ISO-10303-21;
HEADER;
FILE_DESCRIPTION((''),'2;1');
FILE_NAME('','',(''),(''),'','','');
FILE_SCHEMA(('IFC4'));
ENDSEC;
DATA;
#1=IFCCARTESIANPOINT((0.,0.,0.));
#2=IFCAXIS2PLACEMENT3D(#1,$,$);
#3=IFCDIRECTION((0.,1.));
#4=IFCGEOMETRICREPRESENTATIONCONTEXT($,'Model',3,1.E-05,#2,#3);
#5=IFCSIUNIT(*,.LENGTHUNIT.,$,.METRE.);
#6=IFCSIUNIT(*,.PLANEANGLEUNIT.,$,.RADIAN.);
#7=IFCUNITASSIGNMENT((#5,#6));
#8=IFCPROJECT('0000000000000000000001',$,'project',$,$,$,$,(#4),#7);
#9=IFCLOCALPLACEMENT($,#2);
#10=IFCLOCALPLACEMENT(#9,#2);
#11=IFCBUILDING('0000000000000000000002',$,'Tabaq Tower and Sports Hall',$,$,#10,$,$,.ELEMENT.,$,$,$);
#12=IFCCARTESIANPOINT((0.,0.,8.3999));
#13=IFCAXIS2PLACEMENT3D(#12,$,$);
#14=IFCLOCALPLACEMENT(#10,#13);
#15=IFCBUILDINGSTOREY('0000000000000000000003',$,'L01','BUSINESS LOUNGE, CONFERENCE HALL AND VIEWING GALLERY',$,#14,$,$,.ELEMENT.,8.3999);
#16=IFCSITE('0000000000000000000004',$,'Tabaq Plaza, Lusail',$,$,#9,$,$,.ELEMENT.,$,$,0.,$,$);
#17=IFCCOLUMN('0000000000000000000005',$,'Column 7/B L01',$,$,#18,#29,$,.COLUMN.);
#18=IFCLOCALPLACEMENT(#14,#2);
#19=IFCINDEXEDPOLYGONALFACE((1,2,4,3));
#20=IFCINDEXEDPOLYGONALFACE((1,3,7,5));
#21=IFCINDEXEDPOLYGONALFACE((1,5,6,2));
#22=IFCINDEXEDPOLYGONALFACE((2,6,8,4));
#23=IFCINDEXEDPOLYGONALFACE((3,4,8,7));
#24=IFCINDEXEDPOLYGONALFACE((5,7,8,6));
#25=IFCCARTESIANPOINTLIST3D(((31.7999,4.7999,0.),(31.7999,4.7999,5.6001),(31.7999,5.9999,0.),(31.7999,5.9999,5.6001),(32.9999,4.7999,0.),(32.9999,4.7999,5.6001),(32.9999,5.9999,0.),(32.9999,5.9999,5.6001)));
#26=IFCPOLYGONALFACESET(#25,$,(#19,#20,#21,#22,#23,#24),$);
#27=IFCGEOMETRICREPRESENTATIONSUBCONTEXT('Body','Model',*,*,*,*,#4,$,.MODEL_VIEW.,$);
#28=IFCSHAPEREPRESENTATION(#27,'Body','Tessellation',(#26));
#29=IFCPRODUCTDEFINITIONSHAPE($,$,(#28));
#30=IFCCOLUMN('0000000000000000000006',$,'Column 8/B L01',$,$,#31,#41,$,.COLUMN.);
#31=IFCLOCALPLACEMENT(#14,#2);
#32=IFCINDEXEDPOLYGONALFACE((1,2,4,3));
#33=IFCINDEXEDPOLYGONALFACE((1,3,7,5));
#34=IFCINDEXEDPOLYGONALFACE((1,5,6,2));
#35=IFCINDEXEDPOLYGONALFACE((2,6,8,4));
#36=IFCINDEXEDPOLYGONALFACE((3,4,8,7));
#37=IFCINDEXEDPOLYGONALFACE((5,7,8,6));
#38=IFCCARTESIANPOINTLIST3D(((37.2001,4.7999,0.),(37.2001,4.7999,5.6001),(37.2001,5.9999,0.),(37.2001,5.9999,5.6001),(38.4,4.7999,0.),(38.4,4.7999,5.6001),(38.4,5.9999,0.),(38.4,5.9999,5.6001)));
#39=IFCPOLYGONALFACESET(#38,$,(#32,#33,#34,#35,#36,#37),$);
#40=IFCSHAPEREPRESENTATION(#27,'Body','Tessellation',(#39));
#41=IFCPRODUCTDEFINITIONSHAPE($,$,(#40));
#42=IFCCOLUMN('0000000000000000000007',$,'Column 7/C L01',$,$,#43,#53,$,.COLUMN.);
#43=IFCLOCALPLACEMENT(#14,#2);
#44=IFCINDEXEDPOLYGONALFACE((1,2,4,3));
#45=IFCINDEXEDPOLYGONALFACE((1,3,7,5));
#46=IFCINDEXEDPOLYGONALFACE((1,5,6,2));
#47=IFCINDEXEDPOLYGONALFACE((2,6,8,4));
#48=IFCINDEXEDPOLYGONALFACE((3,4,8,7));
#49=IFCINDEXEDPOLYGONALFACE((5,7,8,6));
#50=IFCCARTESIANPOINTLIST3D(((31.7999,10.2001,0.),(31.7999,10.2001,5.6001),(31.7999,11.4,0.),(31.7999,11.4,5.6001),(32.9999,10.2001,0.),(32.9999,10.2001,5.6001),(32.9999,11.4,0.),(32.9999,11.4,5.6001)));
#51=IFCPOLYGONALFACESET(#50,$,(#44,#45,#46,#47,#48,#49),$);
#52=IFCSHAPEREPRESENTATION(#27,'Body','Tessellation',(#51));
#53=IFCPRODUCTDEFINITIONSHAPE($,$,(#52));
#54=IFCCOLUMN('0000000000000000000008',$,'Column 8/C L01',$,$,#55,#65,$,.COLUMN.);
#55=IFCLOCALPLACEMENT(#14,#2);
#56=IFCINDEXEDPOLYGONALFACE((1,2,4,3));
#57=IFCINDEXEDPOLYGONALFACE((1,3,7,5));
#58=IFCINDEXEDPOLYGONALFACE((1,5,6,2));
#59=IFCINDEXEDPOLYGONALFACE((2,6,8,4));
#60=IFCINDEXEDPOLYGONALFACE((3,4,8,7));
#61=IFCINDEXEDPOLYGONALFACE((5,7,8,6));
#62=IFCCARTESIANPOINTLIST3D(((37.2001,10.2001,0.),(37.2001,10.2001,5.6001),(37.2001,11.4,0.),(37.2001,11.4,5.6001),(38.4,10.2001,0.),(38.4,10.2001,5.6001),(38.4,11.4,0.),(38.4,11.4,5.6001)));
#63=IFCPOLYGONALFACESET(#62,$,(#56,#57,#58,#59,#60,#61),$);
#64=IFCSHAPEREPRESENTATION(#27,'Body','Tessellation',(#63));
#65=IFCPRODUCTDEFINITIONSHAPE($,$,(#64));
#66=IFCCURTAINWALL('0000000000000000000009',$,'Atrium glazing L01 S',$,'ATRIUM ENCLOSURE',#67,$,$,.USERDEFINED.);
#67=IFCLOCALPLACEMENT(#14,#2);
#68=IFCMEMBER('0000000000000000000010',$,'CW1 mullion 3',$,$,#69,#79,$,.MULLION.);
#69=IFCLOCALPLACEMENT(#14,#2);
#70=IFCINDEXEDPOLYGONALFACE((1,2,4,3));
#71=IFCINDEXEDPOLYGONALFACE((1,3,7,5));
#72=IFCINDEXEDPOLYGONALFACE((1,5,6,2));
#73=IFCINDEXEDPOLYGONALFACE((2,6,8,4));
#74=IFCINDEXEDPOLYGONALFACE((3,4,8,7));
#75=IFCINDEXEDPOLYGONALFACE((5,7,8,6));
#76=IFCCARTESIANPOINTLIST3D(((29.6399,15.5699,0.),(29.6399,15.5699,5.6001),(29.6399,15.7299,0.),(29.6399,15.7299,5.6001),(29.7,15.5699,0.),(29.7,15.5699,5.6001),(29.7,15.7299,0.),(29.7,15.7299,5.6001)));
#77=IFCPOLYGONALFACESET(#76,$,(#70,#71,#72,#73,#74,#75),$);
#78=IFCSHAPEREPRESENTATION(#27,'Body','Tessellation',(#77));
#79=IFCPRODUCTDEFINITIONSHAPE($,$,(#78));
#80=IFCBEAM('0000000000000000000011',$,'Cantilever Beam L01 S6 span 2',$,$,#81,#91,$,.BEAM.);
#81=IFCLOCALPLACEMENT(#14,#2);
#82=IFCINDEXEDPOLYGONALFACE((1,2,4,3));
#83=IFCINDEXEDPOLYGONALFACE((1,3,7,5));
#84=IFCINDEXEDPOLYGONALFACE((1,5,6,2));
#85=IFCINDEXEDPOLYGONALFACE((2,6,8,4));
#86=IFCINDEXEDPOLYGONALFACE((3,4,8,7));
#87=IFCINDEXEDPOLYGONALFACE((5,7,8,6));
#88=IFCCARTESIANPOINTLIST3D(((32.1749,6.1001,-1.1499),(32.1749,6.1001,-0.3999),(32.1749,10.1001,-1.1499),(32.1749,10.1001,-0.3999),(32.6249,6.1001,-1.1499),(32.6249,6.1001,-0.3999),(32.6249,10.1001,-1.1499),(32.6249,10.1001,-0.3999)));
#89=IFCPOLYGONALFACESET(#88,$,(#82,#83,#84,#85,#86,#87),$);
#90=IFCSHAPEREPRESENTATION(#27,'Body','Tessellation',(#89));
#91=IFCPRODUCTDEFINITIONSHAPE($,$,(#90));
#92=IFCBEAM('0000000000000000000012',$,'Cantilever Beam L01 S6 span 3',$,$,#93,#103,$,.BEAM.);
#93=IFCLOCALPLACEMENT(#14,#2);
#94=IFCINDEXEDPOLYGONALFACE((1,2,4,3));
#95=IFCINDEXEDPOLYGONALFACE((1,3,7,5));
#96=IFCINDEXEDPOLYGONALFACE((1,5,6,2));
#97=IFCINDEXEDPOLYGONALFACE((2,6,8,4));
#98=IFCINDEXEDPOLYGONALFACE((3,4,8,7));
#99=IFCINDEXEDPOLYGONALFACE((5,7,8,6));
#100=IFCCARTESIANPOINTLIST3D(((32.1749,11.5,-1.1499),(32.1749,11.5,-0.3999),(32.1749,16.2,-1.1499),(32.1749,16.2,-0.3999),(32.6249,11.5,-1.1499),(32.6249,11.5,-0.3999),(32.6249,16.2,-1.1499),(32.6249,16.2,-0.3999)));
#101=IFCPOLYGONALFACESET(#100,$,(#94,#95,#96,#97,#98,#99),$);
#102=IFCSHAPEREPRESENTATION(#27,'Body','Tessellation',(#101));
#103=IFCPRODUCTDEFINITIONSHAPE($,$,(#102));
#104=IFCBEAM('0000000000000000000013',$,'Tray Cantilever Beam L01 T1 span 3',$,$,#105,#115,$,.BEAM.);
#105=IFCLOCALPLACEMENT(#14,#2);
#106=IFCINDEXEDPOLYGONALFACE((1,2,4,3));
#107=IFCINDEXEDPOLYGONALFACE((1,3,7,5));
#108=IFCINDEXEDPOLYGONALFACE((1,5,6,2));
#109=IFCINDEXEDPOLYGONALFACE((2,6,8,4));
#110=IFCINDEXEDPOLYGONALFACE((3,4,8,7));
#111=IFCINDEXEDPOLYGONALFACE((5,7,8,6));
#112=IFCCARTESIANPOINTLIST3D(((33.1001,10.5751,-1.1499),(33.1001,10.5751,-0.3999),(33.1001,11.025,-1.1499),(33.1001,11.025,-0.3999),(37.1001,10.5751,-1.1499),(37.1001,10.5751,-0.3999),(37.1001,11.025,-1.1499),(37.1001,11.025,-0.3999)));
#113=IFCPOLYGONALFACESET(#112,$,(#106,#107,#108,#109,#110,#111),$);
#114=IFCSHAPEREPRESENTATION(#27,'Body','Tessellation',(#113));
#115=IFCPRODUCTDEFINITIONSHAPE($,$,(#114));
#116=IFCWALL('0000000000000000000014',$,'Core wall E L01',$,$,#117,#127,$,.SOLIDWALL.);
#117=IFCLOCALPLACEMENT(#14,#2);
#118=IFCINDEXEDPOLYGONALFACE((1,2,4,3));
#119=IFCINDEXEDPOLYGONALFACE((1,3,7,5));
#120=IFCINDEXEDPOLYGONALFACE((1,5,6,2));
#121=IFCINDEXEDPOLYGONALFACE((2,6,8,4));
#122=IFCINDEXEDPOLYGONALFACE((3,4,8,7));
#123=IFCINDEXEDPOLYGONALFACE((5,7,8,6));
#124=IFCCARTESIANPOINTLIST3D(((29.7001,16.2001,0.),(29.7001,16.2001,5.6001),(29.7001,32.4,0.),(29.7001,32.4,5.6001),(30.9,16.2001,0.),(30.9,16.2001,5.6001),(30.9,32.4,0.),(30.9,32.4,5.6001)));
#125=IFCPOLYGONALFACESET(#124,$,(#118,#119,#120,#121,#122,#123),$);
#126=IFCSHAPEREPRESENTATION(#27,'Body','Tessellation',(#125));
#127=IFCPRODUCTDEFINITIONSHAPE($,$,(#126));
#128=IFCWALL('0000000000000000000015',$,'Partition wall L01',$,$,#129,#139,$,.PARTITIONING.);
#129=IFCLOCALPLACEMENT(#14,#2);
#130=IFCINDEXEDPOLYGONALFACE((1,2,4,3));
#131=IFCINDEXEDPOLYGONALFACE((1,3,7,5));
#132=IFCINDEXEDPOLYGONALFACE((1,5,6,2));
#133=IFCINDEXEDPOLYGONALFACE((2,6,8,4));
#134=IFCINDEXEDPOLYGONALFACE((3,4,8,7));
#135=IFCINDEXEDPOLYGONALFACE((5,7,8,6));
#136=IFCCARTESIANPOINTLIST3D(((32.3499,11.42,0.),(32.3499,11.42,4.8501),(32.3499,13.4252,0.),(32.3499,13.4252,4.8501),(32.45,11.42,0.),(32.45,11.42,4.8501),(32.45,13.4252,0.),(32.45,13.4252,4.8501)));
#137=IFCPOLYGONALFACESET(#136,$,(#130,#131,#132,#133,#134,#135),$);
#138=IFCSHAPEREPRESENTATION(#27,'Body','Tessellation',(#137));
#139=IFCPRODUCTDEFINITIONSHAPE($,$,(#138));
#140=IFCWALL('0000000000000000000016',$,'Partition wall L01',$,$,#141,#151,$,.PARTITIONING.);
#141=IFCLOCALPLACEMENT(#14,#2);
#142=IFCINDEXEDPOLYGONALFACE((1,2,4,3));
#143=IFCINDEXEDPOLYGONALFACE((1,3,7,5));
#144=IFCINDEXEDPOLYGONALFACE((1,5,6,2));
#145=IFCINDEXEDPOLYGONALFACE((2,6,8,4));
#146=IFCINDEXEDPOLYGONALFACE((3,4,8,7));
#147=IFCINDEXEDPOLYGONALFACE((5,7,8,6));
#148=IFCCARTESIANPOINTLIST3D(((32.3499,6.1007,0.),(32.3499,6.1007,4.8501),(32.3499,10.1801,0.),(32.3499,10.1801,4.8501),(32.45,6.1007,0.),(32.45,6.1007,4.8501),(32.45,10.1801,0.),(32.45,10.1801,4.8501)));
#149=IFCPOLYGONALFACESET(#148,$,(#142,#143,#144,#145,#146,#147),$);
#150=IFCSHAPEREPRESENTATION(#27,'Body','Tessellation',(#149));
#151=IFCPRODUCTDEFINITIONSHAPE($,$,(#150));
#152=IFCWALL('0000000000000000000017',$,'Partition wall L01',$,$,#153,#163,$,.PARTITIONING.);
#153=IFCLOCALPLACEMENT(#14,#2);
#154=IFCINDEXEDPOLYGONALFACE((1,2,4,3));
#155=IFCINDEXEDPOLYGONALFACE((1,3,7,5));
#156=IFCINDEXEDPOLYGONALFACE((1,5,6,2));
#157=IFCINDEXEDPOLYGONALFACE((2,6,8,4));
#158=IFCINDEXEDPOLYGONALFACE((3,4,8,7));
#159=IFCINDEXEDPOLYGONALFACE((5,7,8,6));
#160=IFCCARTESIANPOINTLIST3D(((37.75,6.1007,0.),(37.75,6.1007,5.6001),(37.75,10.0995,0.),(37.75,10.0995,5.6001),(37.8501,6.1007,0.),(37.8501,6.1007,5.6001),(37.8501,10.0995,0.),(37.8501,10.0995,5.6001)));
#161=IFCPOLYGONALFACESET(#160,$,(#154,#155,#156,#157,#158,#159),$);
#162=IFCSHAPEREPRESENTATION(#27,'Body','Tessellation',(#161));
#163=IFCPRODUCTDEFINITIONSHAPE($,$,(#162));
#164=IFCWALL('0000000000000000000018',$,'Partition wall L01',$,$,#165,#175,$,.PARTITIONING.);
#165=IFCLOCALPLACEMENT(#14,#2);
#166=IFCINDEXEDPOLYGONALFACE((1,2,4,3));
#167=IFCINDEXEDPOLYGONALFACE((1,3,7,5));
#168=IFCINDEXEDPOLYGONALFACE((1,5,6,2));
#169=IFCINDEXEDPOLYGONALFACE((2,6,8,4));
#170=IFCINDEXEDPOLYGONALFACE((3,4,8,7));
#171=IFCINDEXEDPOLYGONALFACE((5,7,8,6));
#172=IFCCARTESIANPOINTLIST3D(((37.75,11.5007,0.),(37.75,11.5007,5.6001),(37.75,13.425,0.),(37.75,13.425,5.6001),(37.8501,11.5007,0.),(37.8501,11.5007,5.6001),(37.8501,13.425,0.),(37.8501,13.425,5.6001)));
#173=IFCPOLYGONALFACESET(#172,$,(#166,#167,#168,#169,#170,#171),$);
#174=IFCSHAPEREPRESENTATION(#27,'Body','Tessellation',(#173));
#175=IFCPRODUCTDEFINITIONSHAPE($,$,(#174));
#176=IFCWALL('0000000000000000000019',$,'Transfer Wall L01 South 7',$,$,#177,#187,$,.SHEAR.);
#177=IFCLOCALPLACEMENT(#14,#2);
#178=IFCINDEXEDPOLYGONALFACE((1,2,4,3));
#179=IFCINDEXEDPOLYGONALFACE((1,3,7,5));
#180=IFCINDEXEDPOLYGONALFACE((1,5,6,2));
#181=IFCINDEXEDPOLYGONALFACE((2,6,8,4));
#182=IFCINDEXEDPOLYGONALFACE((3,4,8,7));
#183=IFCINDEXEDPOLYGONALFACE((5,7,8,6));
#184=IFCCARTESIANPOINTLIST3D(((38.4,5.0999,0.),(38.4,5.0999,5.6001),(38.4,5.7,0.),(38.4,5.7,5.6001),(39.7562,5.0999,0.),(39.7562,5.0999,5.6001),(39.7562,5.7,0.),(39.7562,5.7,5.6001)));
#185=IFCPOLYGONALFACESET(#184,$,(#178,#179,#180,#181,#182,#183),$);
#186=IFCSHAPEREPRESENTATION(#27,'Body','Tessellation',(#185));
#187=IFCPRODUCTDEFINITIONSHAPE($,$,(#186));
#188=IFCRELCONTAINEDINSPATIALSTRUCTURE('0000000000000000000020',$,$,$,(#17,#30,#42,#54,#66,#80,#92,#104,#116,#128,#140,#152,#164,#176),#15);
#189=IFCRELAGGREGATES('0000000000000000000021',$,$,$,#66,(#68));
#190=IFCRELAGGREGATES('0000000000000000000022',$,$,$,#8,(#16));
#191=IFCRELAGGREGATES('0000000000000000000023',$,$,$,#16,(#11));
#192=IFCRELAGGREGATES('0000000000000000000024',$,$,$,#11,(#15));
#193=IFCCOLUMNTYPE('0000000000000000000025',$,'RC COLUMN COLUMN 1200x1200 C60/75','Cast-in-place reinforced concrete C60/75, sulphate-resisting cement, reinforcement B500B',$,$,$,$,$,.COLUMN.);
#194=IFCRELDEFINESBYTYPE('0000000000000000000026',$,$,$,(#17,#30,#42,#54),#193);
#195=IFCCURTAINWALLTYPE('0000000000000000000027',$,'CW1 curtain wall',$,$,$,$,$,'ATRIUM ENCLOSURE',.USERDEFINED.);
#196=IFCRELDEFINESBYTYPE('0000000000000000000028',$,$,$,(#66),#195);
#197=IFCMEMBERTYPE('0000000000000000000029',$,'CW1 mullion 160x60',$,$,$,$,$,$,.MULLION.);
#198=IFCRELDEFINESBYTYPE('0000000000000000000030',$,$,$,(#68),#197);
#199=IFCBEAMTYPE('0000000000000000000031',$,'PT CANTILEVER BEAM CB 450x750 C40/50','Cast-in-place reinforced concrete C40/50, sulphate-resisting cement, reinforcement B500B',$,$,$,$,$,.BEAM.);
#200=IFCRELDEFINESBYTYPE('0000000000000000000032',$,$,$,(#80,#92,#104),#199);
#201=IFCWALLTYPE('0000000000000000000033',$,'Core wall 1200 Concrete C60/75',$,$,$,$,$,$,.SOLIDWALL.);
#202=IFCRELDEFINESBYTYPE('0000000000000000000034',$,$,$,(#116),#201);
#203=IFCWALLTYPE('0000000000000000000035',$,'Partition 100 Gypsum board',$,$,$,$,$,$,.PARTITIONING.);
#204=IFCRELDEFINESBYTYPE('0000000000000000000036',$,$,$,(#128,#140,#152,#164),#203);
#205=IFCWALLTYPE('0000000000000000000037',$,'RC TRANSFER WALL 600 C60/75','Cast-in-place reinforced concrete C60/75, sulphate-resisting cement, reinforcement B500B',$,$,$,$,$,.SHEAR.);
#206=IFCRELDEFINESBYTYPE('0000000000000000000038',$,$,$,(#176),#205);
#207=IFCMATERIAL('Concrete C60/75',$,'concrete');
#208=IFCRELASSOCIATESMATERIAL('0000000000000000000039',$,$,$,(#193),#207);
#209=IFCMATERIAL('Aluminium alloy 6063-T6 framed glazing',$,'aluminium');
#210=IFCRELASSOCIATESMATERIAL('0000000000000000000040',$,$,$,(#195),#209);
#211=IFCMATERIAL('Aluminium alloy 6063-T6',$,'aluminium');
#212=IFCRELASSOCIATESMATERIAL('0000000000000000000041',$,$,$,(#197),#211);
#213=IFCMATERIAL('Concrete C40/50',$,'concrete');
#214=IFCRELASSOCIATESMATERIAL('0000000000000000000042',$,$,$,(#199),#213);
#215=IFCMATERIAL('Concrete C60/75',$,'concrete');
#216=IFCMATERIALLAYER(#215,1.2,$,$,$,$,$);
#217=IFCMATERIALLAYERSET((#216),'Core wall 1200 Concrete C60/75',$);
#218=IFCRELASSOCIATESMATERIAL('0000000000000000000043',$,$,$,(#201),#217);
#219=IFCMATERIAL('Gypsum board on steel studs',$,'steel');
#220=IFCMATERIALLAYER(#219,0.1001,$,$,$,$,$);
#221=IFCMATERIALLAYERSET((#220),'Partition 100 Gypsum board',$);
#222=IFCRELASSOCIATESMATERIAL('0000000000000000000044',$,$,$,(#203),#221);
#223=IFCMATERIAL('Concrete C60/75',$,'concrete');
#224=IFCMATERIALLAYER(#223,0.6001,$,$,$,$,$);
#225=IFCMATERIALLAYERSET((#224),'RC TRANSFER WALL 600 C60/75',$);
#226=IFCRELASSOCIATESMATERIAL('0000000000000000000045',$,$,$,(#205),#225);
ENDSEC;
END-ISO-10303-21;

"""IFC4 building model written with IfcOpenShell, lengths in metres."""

from ifc_helpers import new_model, si_unit, direction, frame, frame_2d, origin, origin_2d, place, context, subcontext, project, spatial, rectangle, extrude, material, layer, layer_set, material_profile, profile_set, type_object, element, aggregate, save


model = new_model("IFC4")

# Units and contexts
model_context = context("Model", 3, precision=1e-05, world=origin(), true_north=direction((0.0, 1.0)))
body_context = subcontext(model_context, "Body", "Model", "MODEL_VIEW")
ifc_project = project(units=[si_unit("LENGTHUNIT", "METRE"), si_unit("PLANEANGLEUNIT", "RADIAN")], contexts=[model_context])

# Site, building, storey
site_placement = place(None, origin())
site = spatial("IfcSite", under=ifc_project, at=site_placement, Name="Tabaq Plaza, Lusail", CompositionType="ELEMENT", RefElevation=0.0)
building_placement = place(site_placement, origin())
building = spatial("IfcBuilding", under=site, at=building_placement, Name="Tabaq Tower and Sports Hall", CompositionType="ELEMENT")
storey_placement = place(building_placement, frame((0.0, 0.0, 8.3999)))
storey = spatial("IfcBuildingStorey", under=building, at=storey_placement, Name="L01", Description="BUSINESS LOUNGE, CONFERENCE HALL AND VIEWING GALLERY", CompositionType="ELEMENT", Elevation=8.3999)

# Columns
ifc_material_1 = material(Name="Concrete C60/75", Category="concrete")
ifc_material_profile_1 = material_profile(ifc_material_1, rectangle(XDim=1.2, YDim=1.2, at=origin_2d()), Name="COLUMN 1200x1200")
ifc_profile_set_1 = profile_set([ifc_material_profile_1], Name="Concrete C60/75")
column_type = type_object("IfcColumnType", Name="RC COLUMN COLUMN 1200x1200 C60/75", Description="Cast-in-place reinforced concrete C60/75, sulphate-resisting cement, reinforcement B500B", PredefinedType="COLUMN", material=ifc_profile_set_1)
for number, where, z_axis, x_axis, name in (
    (1, (32.3999, 5.3999, 0.0), (0.0, 0.0, 1.0), (1.0, 0.0, 0.0), "Column 7/B L01"),
    (2, (37.8, 5.3999, 0.0), (0.0, 0.0, 1.0), (1.0, 0.0, 0.0), "Column 8/B L01"),
    (3, (32.3999, 10.8, 0.0), (0.0, 0.0, 1.0), (1.0, 0.0, 0.0), "Column 7/C L01"),
    (4, (37.8, 10.8, 0.0), (0.0, 0.0, 1.0), (1.0, 0.0, 0.0), "Column 8/C L01"),
):
    element("IfcColumn", number, at=place(storey_placement, frame(where, z_axis=z_axis, x_axis=x_axis)), inside=storey, type_object=column_type, Name=name, PredefinedType="COLUMN", context=body_context, shape_type="SweptSolid", body=[
        extrude(rectangle(XDim=1.2, YDim=1.2, at=origin_2d()), origin(), (0.0, 0.0, 1.0), 5.6001),
    ])

# Curtain wall, member
ifc_material_2 = material(Name="Aluminium alloy 6063-T6 framed glazing", Category="aluminium")
curtain_wall_type = type_object("IfcCurtainWallType", Name="CW1 curtain wall", ElementType="ATRIUM ENCLOSURE", PredefinedType="USERDEFINED", material=ifc_material_2)
curtain_wall_placement = place(storey_placement, origin())
curtain_wall = element("IfcCurtainWall", 5, at=curtain_wall_placement, inside=storey, type_object=curtain_wall_type, Name="Atrium glazing L01 S", ObjectType="ATRIUM ENCLOSURE", PredefinedType="USERDEFINED")
ifc_material_3 = material(Name="Aluminium alloy 6063-T6", Category="aluminium")
ifc_material_profile_2 = material_profile(ifc_material_3, rectangle(XDim=0.1599, YDim=0.0601, at=origin_2d()), Name="MULLION 160x60")
ifc_profile_set_2 = profile_set([ifc_material_profile_2], Name="Aluminium alloy 6063-T6")
member_type = type_object("IfcMemberType", Name="CW1 mullion 160x60", PredefinedType="MULLION", material=ifc_profile_set_2)
member_placement = place(storey_placement, frame((29.6699, 15.6499, 0.0), z_axis=(0.0, 0.0, 1.0), x_axis=(0.0, 1.0, 0.0)))
member = element("IfcMember", 6, at=member_placement, type_object=member_type, Name="CW1 mullion 3", PredefinedType="MULLION", context=body_context, shape_type="SweptSolid", body=[
    extrude(rectangle(XDim=0.1599, YDim=0.0601, at=origin_2d()), origin(), (0.0, 0.0, 1.0), 5.6001),
])
aggregate(curtain_wall, [member])

# Beams
ifc_material_4 = material(Name="Concrete C40/50", Category="concrete")
ifc_material_profile_3 = material_profile(ifc_material_4, rectangle(XDim=0.45, YDim=0.75, at=origin_2d()), Name="CB 450x750")
ifc_profile_set_3 = profile_set([ifc_material_profile_3], Name="Concrete C40/50")
beam_type = type_object("IfcBeamType", Name="PT CANTILEVER BEAM CB 450x750 C40/50", Description="Cast-in-place reinforced concrete C40/50, sulphate-resisting cement, reinforcement B500B", PredefinedType="BEAM", material=ifc_profile_set_3)
beam_1_placement = place(storey_placement, frame((32.3999, 6.1001, -0.7749), z_axis=(0.0, 1.0, 0.0), x_axis=(-1.0, 0.0, 0.0)))
element("IfcBeam", 7, at=beam_1_placement, inside=storey, type_object=beam_type, Name="Cantilever Beam L01 S6 span 2", PredefinedType="BEAM", context=body_context, shape_type="SweptSolid", body=[
    extrude(rectangle(XDim=0.45, YDim=0.75, at=origin_2d()), origin(), (0.0, 0.0, 1.0), 4.0),
])
beam_2_placement = place(storey_placement, frame((32.3999, 11.5, -0.7749), z_axis=(0.0, 1.0, 0.0), x_axis=(-1.0, 0.0, 0.0)))
element("IfcBeam", 8, at=beam_2_placement, inside=storey, type_object=beam_type, Name="Cantilever Beam L01 S6 span 3", PredefinedType="BEAM", context=body_context, shape_type="SweptSolid", body=[
    extrude(rectangle(XDim=0.45, YDim=0.75, at=origin_2d()), origin(), (0.0, 0.0, 1.0), 4.7),
])
beam_3_placement = place(storey_placement, frame((37.1001, 10.8, -0.7749), z_axis=(-1.0, 0.0, 0.0), x_axis=(0.0, -1.0, 0.0)))
element("IfcBeam", 9, at=beam_3_placement, inside=storey, type_object=beam_type, Name="Tray Cantilever Beam L01 T1 span 3", PredefinedType="BEAM", context=body_context, shape_type="SweptSolid", body=[
    extrude(rectangle(XDim=0.45, YDim=0.75, at=origin_2d()), origin(), (0.0, 0.0, 1.0), 4.0),
])

# Walls
ifc_material_5 = material(Name="Concrete C60/75", Category="concrete")
ifc_layer_1 = layer(ifc_material_5, 1.2)
ifc_layer_set_1 = layer_set([ifc_layer_1], Name="Core wall 1200 Concrete C60/75")
wall_type_1 = type_object("IfcWallType", Name="Core wall 1200 Concrete C60/75", PredefinedType="SOLIDWALL", material=ifc_layer_set_1)
wall_1_placement = place(storey_placement, frame((30.3, 16.2, 0.0), z_axis=(0.0, 0.0, 1.0), x_axis=(0.0, 1.0, 0.0)))
element("IfcWall", 10, at=wall_1_placement, inside=storey, type_object=wall_type_1, Name="Core wall E L01", PredefinedType="SOLIDWALL", context=body_context, shape_type="SweptSolid", body=[
    extrude(rectangle(XDim=16.2, YDim=1.2, at=frame_2d((8.1001, 0.0))), origin(), (0.0, 0.0, 1.0), 5.6001),
])
ifc_material_6 = material(Name="Gypsum board on steel studs", Category="steel")
ifc_layer_2 = layer(ifc_material_6, 0.1001)
ifc_layer_set_2 = layer_set([ifc_layer_2], Name="Partition 100 Gypsum board")
wall_type_2 = type_object("IfcWallType", Name="Partition 100 Gypsum board", PredefinedType="PARTITIONING", material=ifc_layer_set_2)
wall_2_placement = place(storey_placement, frame((32.3999, 13.425, 0.0), z_axis=(0.0, 0.0, 1.0), x_axis=(0.0, -1.0, 0.0)))
element("IfcWall", 11, at=wall_2_placement, inside=storey, type_object=wall_type_2, Name="Partition wall L01", PredefinedType="PARTITIONING", context=body_context, shape_type="SweptSolid", body=[
    extrude(rectangle(XDim=2.0051, YDim=0.1001, at=frame_2d((1.0024, 0.0))), origin(), (0.0, 0.0, 1.0), 4.8501),
])
wall_3_placement = place(storey_placement, frame((32.3999, 10.1799, 0.0), z_axis=(0.0, 0.0, 1.0), x_axis=(0.0, -1.0, 0.0)))
element("IfcWall", 12, at=wall_3_placement, inside=storey, type_object=wall_type_2, Name="Partition wall L01", PredefinedType="PARTITIONING", context=body_context, shape_type="SweptSolid", body=[
    extrude(rectangle(XDim=4.0793, YDim=0.1001, at=frame_2d((2.0396, 0.0))), origin(), (0.0, 0.0, 1.0), 4.8501),
])
wall_4_placement = place(storey_placement, frame((37.8, 6.1006, 0.0), z_axis=(0.0, 0.0, 1.0), x_axis=(0.0, 1.0, 0.0)))
element("IfcWall", 13, at=wall_4_placement, inside=storey, type_object=wall_type_2, Name="Partition wall L01", PredefinedType="PARTITIONING", context=body_context, shape_type="SweptSolid", body=[
    extrude(rectangle(XDim=3.9988, YDim=0.1001, at=frame_2d((1.9995, 0.0))), origin(), (0.0, 0.0, 1.0), 5.6001),
])
wall_5_placement = place(storey_placement, frame((37.8, 11.5007, 0.0), z_axis=(0.0, 0.0, 1.0), x_axis=(0.0, 1.0, 0.0)))
element("IfcWall", 14, at=wall_5_placement, inside=storey, type_object=wall_type_2, Name="Partition wall L01", PredefinedType="PARTITIONING", context=body_context, shape_type="SweptSolid", body=[
    extrude(rectangle(XDim=1.9243, YDim=0.1001, at=frame_2d((0.9622, 0.0))), origin(), (0.0, 0.0, 1.0), 5.6001),
])
ifc_material_7 = material(Name="Concrete C60/75", Category="concrete")
ifc_layer_3 = layer(ifc_material_7, 0.6001)
ifc_layer_set_3 = layer_set([ifc_layer_3], Name="RC TRANSFER WALL 600 C60/75")
wall_type_3 = type_object("IfcWallType", Name="RC TRANSFER WALL 600 C60/75", Description="Cast-in-place reinforced concrete C60/75, sulphate-resisting cement, reinforcement B500B", PredefinedType="SHEAR", material=ifc_layer_set_3)
wall_6_placement = place(storey_placement, frame((38.3999, 5.3999, 0.0), z_axis=(0.0, 0.0, 1.0), x_axis=(1.0, 0.0, 0.0)))
element("IfcWall", 15, at=wall_6_placement, inside=storey, type_object=wall_type_3, Name="Transfer Wall L01 South 7", PredefinedType="SHEAR", context=body_context, shape_type="SweptSolid", body=[
    extrude(rectangle(XDim=1.3562, YDim=0.6001, at=frame_2d((0.6782, 0.0))), origin(), (0.0, 0.0, 1.0), 5.6001),
])

save(model, "model.ifc")
